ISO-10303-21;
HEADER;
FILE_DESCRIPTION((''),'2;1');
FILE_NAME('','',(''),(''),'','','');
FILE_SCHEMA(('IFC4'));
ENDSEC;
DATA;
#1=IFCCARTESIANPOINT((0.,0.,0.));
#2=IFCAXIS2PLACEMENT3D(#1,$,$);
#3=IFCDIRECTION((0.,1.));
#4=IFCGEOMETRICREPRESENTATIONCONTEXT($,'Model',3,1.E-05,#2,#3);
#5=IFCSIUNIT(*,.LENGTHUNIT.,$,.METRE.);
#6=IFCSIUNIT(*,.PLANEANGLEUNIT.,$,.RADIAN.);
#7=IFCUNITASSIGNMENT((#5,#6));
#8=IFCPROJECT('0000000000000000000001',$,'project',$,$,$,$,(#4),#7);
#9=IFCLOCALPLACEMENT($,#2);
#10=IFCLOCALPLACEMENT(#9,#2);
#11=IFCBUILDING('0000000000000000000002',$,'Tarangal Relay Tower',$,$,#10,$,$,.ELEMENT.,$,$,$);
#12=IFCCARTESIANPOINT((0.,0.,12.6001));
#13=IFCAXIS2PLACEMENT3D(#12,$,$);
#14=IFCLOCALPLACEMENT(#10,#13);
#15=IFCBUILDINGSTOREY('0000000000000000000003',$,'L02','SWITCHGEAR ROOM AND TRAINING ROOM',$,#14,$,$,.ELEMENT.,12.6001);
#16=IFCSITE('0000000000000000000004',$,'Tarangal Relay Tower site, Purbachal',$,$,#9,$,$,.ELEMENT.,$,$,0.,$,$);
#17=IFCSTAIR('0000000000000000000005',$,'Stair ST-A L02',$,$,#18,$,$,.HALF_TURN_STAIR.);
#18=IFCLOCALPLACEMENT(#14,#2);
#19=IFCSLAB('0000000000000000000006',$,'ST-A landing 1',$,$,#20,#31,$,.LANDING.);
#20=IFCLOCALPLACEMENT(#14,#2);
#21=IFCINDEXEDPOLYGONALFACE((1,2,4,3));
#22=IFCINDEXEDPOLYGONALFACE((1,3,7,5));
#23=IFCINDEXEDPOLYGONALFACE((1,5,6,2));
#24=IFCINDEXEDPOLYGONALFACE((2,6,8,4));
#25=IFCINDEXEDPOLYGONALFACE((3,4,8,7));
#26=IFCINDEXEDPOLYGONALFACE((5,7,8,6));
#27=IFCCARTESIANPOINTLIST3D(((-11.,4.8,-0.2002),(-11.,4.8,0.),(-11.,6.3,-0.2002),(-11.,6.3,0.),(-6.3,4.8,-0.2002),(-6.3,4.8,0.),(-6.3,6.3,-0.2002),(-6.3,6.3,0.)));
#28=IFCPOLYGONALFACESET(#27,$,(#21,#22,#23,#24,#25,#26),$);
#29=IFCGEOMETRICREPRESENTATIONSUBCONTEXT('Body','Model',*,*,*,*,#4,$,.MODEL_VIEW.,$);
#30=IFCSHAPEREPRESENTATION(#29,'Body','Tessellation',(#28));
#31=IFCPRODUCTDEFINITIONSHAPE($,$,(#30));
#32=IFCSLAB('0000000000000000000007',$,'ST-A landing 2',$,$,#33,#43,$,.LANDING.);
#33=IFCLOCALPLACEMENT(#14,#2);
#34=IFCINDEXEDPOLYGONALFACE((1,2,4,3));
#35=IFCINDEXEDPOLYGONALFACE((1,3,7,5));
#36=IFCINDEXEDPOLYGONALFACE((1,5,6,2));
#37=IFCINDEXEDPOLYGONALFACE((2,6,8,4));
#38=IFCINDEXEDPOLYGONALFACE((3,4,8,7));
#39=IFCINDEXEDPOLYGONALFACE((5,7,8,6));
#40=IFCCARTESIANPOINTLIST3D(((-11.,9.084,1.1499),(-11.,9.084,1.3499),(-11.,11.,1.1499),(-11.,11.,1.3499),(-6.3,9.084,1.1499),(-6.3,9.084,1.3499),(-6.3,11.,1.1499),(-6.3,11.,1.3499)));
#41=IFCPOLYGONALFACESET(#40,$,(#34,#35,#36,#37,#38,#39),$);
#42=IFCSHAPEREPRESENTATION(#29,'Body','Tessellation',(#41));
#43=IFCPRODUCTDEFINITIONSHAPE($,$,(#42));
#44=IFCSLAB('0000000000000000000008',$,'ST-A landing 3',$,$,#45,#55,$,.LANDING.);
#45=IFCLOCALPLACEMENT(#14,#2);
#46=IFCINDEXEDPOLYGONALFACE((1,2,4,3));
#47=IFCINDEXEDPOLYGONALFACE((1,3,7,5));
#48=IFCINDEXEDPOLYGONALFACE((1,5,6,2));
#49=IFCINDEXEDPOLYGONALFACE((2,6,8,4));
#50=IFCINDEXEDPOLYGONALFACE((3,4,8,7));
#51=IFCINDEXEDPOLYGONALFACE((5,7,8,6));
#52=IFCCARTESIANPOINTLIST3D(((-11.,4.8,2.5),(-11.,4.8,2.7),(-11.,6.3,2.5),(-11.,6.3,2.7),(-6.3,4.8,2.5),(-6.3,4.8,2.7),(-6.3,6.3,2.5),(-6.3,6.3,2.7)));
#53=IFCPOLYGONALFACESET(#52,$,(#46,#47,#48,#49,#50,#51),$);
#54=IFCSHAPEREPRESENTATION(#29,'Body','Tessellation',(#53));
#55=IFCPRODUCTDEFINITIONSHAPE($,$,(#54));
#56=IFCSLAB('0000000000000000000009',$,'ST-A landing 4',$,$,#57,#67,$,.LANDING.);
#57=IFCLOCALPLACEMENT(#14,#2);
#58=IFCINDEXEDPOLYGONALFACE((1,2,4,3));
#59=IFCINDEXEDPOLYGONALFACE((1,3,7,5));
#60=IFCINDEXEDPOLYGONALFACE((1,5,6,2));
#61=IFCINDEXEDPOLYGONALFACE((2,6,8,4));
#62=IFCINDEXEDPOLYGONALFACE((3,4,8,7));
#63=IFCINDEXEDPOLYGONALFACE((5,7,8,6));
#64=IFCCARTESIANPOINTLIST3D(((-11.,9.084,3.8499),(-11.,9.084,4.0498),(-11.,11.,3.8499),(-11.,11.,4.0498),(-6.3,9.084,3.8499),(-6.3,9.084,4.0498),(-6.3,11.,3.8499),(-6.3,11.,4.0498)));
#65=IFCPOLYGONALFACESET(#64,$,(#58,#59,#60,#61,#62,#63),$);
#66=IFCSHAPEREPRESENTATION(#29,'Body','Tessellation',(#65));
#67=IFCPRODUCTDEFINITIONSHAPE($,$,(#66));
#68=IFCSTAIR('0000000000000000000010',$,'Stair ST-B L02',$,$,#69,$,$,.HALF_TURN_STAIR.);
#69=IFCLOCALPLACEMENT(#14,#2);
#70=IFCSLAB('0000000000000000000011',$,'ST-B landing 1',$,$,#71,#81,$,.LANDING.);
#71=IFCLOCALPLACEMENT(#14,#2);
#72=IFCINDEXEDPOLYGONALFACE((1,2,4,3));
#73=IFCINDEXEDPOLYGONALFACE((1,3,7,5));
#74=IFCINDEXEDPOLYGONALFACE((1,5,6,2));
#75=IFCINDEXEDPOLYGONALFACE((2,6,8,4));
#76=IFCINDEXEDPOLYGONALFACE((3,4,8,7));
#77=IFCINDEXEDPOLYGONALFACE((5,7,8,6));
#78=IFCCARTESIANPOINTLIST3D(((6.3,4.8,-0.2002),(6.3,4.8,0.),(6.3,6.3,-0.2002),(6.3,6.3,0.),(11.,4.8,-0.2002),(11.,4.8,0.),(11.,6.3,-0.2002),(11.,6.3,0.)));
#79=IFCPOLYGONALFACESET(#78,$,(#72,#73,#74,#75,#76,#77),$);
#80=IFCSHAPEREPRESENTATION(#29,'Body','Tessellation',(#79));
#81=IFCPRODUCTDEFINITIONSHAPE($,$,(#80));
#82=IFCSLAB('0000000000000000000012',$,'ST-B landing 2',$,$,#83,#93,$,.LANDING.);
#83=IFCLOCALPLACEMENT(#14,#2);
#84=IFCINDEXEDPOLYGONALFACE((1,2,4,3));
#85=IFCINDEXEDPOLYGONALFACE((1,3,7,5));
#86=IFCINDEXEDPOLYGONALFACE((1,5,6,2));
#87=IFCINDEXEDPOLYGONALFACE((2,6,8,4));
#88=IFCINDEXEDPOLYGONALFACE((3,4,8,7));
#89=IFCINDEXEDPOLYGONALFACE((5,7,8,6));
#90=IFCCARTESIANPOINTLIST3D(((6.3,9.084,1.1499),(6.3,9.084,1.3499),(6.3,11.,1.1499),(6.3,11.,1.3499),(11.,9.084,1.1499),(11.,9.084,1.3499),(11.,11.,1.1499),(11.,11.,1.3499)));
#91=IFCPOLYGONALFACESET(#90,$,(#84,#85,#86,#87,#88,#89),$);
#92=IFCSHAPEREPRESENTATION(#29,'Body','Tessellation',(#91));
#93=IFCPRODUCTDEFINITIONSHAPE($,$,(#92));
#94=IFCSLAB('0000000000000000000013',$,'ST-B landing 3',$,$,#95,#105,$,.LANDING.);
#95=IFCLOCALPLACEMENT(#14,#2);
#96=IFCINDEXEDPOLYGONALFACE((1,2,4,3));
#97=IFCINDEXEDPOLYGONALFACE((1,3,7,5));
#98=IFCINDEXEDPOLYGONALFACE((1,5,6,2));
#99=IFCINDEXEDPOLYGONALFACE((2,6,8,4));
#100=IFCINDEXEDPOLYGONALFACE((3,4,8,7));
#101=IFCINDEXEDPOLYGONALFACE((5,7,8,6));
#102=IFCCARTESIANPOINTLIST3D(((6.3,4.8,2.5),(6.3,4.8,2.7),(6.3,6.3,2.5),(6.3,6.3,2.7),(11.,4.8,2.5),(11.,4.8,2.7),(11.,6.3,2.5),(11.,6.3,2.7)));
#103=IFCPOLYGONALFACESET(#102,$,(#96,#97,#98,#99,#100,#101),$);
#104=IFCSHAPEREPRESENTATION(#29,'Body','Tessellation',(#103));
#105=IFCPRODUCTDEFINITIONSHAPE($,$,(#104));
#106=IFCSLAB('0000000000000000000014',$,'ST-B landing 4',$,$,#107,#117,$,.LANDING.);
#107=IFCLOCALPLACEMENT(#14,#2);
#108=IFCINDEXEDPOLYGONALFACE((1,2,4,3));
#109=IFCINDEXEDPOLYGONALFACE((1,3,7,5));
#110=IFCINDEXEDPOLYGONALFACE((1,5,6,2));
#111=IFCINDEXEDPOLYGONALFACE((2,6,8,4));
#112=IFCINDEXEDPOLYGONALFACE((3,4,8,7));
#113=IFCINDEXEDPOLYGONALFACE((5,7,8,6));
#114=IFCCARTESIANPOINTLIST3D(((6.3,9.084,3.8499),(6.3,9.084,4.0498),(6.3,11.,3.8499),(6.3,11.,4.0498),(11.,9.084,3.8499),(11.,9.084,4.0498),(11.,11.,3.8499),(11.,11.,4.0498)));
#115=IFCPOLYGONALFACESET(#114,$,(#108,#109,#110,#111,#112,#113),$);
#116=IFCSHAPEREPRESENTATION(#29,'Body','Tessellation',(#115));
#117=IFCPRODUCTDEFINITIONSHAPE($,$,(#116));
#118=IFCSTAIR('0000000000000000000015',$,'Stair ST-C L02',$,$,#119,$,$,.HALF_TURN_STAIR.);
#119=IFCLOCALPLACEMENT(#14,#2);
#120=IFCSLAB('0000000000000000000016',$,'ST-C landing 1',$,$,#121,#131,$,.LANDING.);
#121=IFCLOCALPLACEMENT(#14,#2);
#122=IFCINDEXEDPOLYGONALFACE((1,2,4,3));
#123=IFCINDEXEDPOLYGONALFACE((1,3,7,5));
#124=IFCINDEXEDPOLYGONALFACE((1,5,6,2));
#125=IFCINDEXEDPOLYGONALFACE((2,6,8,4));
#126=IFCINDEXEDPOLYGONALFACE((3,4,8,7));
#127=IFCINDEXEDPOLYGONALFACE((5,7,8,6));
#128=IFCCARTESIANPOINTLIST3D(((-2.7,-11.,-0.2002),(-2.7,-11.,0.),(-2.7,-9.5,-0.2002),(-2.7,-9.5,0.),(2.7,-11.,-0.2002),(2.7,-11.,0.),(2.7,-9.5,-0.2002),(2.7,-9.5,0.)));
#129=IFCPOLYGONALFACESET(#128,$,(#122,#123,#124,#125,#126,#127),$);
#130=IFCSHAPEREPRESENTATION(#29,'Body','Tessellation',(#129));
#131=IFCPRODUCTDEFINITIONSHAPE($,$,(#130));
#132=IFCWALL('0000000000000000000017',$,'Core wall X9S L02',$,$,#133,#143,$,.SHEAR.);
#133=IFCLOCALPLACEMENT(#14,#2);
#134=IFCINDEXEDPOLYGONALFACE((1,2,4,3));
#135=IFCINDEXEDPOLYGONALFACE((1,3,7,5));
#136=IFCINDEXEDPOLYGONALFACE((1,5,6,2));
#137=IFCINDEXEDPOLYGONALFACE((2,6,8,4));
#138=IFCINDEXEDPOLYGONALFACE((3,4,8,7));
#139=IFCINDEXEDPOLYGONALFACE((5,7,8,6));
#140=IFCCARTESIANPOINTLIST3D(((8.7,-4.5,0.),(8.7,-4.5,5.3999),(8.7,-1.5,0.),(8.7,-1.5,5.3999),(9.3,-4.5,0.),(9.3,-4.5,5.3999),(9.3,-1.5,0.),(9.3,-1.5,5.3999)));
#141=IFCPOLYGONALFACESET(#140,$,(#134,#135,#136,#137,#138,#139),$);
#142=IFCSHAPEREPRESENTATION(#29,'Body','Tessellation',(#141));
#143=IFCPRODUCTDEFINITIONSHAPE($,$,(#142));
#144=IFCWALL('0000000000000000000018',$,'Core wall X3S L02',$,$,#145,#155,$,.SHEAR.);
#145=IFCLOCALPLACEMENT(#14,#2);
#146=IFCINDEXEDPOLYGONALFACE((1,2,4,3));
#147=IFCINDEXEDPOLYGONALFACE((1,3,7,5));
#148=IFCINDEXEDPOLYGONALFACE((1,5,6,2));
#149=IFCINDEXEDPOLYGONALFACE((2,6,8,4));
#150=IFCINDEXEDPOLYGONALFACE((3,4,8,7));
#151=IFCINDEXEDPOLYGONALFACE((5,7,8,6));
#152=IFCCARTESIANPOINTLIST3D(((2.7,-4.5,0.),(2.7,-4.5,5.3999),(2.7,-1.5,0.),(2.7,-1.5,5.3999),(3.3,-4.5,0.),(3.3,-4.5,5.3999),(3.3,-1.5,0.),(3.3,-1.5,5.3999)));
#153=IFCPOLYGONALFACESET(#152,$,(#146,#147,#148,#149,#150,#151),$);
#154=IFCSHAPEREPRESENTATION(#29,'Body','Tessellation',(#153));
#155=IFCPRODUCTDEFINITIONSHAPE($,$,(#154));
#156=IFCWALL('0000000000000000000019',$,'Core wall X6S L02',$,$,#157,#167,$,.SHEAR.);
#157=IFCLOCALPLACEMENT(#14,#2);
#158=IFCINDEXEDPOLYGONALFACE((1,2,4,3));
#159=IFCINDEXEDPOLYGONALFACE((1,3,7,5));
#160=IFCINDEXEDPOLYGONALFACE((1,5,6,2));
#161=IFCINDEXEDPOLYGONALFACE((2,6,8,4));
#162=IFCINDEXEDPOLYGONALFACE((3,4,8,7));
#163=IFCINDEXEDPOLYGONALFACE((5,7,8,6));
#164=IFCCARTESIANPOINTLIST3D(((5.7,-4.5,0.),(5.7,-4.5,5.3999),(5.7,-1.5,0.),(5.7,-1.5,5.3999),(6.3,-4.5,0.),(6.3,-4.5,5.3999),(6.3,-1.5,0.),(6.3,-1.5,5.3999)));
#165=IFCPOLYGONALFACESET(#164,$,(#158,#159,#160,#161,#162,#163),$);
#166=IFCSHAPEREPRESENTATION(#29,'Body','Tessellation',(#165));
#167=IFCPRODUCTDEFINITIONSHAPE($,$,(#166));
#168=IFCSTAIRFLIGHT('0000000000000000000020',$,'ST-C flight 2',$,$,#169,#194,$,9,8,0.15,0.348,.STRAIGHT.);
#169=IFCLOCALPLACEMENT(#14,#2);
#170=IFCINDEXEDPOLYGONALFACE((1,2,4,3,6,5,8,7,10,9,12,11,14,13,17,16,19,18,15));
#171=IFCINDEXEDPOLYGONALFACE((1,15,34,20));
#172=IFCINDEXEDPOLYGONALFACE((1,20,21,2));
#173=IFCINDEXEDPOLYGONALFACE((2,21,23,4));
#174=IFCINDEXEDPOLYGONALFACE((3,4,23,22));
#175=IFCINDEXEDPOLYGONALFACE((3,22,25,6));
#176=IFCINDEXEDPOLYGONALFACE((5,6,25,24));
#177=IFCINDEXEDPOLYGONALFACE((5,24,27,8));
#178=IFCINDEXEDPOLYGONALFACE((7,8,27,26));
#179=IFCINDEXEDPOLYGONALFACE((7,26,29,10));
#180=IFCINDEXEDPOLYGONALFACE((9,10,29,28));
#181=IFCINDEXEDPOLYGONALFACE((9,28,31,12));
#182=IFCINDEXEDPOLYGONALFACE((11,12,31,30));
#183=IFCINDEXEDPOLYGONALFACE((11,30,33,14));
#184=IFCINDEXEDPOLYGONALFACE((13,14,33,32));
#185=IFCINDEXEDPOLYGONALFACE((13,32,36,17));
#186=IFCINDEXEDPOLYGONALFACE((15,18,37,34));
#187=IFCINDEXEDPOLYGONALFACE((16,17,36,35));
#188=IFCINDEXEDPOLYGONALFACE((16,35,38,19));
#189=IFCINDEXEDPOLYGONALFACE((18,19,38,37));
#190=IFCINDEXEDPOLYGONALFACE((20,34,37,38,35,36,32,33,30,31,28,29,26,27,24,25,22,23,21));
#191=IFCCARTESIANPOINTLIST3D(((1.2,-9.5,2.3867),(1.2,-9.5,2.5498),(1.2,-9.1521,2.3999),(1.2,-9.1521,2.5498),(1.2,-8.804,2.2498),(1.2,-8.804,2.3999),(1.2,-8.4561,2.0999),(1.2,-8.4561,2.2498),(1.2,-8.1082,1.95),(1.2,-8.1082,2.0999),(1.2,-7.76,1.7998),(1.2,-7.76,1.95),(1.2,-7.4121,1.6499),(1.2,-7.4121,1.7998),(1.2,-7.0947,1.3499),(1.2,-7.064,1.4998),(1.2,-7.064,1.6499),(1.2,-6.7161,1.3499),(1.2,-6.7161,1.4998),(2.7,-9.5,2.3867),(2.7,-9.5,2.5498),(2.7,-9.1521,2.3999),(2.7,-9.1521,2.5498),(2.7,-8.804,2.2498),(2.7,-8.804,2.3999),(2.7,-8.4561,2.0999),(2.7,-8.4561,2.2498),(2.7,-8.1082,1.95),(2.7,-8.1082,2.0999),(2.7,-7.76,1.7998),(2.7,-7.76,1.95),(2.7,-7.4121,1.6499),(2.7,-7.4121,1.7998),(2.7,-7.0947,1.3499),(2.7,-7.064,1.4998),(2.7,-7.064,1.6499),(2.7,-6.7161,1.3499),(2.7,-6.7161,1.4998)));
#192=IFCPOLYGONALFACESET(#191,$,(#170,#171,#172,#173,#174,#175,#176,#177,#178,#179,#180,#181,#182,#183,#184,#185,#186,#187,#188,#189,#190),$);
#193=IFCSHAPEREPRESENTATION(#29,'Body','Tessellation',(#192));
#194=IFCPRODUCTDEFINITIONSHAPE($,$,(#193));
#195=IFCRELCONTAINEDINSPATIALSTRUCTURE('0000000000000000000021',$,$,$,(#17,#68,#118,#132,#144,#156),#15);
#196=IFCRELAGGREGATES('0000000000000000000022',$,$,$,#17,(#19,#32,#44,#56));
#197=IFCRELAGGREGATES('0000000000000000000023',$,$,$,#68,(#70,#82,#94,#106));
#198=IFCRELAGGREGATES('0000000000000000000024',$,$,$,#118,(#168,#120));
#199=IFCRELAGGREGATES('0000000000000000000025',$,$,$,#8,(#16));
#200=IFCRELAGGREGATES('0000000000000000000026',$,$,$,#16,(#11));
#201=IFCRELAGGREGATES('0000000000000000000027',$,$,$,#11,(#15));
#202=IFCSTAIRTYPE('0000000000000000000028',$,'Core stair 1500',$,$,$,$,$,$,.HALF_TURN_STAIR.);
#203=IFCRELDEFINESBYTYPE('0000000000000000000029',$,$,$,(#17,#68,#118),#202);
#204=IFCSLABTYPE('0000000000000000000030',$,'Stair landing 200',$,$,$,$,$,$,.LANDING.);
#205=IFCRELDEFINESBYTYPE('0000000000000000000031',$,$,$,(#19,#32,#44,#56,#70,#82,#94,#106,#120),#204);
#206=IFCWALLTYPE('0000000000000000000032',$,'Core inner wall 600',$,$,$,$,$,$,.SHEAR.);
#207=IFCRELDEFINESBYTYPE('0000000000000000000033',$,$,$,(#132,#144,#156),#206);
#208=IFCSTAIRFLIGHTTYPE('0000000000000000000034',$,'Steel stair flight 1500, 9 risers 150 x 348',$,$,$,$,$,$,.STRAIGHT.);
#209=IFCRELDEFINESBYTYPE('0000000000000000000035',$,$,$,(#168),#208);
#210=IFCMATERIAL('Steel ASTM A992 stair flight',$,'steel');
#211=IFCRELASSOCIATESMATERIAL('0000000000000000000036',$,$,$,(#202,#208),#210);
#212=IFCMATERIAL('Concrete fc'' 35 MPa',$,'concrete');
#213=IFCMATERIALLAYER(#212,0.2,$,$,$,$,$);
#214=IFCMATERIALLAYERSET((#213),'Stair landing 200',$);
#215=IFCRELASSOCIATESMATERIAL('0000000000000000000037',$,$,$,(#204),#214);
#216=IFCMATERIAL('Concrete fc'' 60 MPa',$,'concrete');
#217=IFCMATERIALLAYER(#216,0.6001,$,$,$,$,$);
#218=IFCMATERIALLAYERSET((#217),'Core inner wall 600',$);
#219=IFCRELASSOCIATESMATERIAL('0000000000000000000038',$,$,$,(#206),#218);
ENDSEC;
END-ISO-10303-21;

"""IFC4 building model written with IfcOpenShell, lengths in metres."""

from ifc_helpers import new_model, si_unit, direction, frame, frame_2d, origin, place, context, subcontext, project, spatial, polyline, rectangle, outline, extrude, material, layer, layer_set, type_object, element, aggregate, save


model = new_model("IFC4")

# Units and contexts
model_context = context("Model", 3, precision=1e-05, world=origin(), true_north=direction((0.0, 1.0)))
body_context = subcontext(model_context, "Body", "Model", "MODEL_VIEW")
ifc_project = project(units=[si_unit("LENGTHUNIT", "METRE"), si_unit("PLANEANGLEUNIT", "RADIAN")], contexts=[model_context])

# Site, building, storey
site_placement = place(None, origin())
site = spatial("IfcSite", under=ifc_project, at=site_placement, Name="Tarangal Relay Tower site, Purbachal", CompositionType="ELEMENT", RefElevation=0.0)
building_placement = place(site_placement, origin())
building = spatial("IfcBuilding", under=site, at=building_placement, Name="Tarangal Relay Tower", CompositionType="ELEMENT")
storey_placement = place(building_placement, frame((0.0, 0.0, 12.6001)))
storey = spatial("IfcBuildingStorey", under=building, at=storey_placement, Name="L02", Description="SWITCHGEAR ROOM AND TRAINING ROOM", CompositionType="ELEMENT", Elevation=12.6001)

# Stairs, slabs
ifc_material_1 = material(Name="Steel ASTM A992 stair flight", Category="steel")
stair_type = type_object("IfcStairType", Name="Core stair 1500", PredefinedType="HALF_TURN_STAIR", material=ifc_material_1)
stair_1_placement = place(storey_placement, origin())
stair_1 = element("IfcStair", 1, at=stair_1_placement, inside=storey, type_object=stair_type, Name="Stair ST-A L02", PredefinedType="HALF_TURN_STAIR")
ifc_material_2 = material(Name="Concrete fc' 35 MPa", Category="concrete")
ifc_layer_1 = layer(ifc_material_2, 0.2)
ifc_layer_set_1 = layer_set([ifc_layer_1], Name="Stair landing 200")
slab_type = type_object("IfcSlabType", Name="Stair landing 200", PredefinedType="LANDING", material=ifc_layer_set_1)
slab_1_placement = place(storey_placement, frame((0.0, 0.0, -0.2002)))
slab_1 = element("IfcSlab", 2, at=slab_1_placement, type_object=slab_type, Name="ST-A landing 1", PredefinedType="LANDING", context=body_context, shape_type="SweptSolid", body=[
    extrude(outline(polyline([(-11.0, 4.8), (-6.3, 4.8), (-6.3, 6.3), (-11.0, 6.3), (-11.0, 4.8)])), origin(), (0.0, 0.0, 1.0), 0.2002),
])
slab_2_placement = place(storey_placement, frame((0.0, 0.0, 1.1499)))
slab_2 = element("IfcSlab", 3, at=slab_2_placement, type_object=slab_type, Name="ST-A landing 2", PredefinedType="LANDING", context=body_context, shape_type="SweptSolid", body=[
    extrude(outline(polyline([(-11.0, 9.084), (-6.3, 9.084), (-6.3, 11.0), (-11.0, 11.0), (-11.0, 9.084)])), origin(), (0.0, 0.0, 1.0), 0.2),
])
slab_3_placement = place(storey_placement, frame((0.0, 0.0, 2.5)))
slab_3 = element("IfcSlab", 4, at=slab_3_placement, type_object=slab_type, Name="ST-A landing 3", PredefinedType="LANDING", context=body_context, shape_type="SweptSolid", body=[
    extrude(outline(polyline([(-11.0, 4.8), (-6.3, 4.8), (-6.3, 6.3), (-11.0, 6.3), (-11.0, 4.8)])), origin(), (0.0, 0.0, 1.0), 0.2),
])
slab_4_placement = place(storey_placement, frame((0.0, 0.0, 3.8499)))
slab_4 = element("IfcSlab", 5, at=slab_4_placement, type_object=slab_type, Name="ST-A landing 4", PredefinedType="LANDING", context=body_context, shape_type="SweptSolid", body=[
    extrude(outline(polyline([(-11.0, 9.084), (-6.3, 9.084), (-6.3, 11.0), (-11.0, 11.0), (-11.0, 9.084)])), origin(), (0.0, 0.0, 1.0), 0.2),
])
aggregate(stair_1, [slab_1, slab_2, slab_3, slab_4])
stair_2_placement = place(storey_placement, origin())
stair_2 = element("IfcStair", 6, at=stair_2_placement, inside=storey, type_object=stair_type, Name="Stair ST-B L02", PredefinedType="HALF_TURN_STAIR")
slab_5_placement = place(storey_placement, frame((0.0, 0.0, -0.2002)))
slab_5 = element("IfcSlab", 7, at=slab_5_placement, type_object=slab_type, Name="ST-B landing 1", PredefinedType="LANDING", context=body_context, shape_type="SweptSolid", body=[
    extrude(outline(polyline([(6.3, 4.8), (11.0, 4.8), (11.0, 6.3), (6.3, 6.3), (6.3, 4.8)])), origin(), (0.0, 0.0, 1.0), 0.2002),
])
slab_6_placement = place(storey_placement, frame((0.0, 0.0, 1.1499)))
slab_6 = element("IfcSlab", 8, at=slab_6_placement, type_object=slab_type, Name="ST-B landing 2", PredefinedType="LANDING", context=body_context, shape_type="SweptSolid", body=[
    extrude(outline(polyline([(6.3, 9.084), (11.0, 9.084), (11.0, 11.0), (6.3, 11.0), (6.3, 9.084)])), origin(), (0.0, 0.0, 1.0), 0.2),
])
slab_7_placement = place(storey_placement, frame((0.0, 0.0, 2.5)))
slab_7 = element("IfcSlab", 9, at=slab_7_placement, type_object=slab_type, Name="ST-B landing 3", PredefinedType="LANDING", context=body_context, shape_type="SweptSolid", body=[
    extrude(outline(polyline([(6.3, 4.8), (11.0, 4.8), (11.0, 6.3), (6.3, 6.3), (6.3, 4.8)])), origin(), (0.0, 0.0, 1.0), 0.2),
])
slab_8_placement = place(storey_placement, frame((0.0, 0.0, 3.8499)))
slab_8 = element("IfcSlab", 10, at=slab_8_placement, type_object=slab_type, Name="ST-B landing 4", PredefinedType="LANDING", context=body_context, shape_type="SweptSolid", body=[
    extrude(outline(polyline([(6.3, 9.084), (11.0, 9.084), (11.0, 11.0), (6.3, 11.0), (6.3, 9.084)])), origin(), (0.0, 0.0, 1.0), 0.2),
])
aggregate(stair_2, [slab_5, slab_6, slab_7, slab_8])

# Stair, slab
stair_3_placement = place(storey_placement, origin())
stair_3 = element("IfcStair", 11, at=stair_3_placement, inside=storey, type_object=stair_type, Name="Stair ST-C L02", PredefinedType="HALF_TURN_STAIR")
slab_9_placement = place(storey_placement, frame((0.0, 0.0, -0.2002)))
slab_9 = element("IfcSlab", 12, at=slab_9_placement, type_object=slab_type, Name="ST-C landing 1", PredefinedType="LANDING", context=body_context, shape_type="SweptSolid", body=[
    extrude(outline(polyline([(-2.7, -11.0), (2.7, -11.0), (2.7, -9.5), (-2.7, -9.5), (-2.7, -11.0)])), origin(), (0.0, 0.0, 1.0), 0.2002),
])

# Walls
ifc_material_3 = material(Name="Concrete fc' 60 MPa", Category="concrete")
ifc_layer_2 = layer(ifc_material_3, 0.6001)
ifc_layer_set_2 = layer_set([ifc_layer_2], Name="Core inner wall 600")
wall_type = type_object("IfcWallType", Name="Core inner wall 600", PredefinedType="SHEAR", material=ifc_layer_set_2)
for number, where, z_axis, x_axis, name in (
    (13, (9.0, -4.5, 0.0), (0.0, 0.0, 1.0), (0.0, 1.0, 0.0), "Core wall X9S L02"),
    (14, (3.0, -4.5, 0.0), (0.0, 0.0, 1.0), (0.0, 1.0, 0.0), "Core wall X3S L02"),
    (15, (6.0, -4.5, 0.0), (0.0, 0.0, 1.0), (0.0, 1.0, 0.0), "Core wall X6S L02"),
):
    element("IfcWall", number, at=place(storey_placement, frame(where, z_axis=z_axis, x_axis=x_axis)), inside=storey, type_object=wall_type, Name=name, PredefinedType="SHEAR", context=body_context, shape_type="SweptSolid", body=[
        extrude(rectangle(XDim=3.0, YDim=0.6001, at=frame_2d((1.5, 0.0))), origin(), (0.0, 0.0, 1.0), 5.3999),
    ])

# Stair flight
stair_flight_type = type_object("IfcStairFlightType", Name="Steel stair flight 1500, 9 risers 150 x 348", PredefinedType="STRAIGHT", material=ifc_material_1)
stair_flight_1_placement = place(storey_placement, frame((1.95, -6.7161, 1.3499), z_axis=(0.0, 0.0, 1.0), x_axis=(0.0, -1.0, 0.0)))
stair_flight_1 = element("IfcStairFlight", 16, at=stair_flight_1_placement, type_object=stair_flight_type, Name="ST-C flight 2", NumberOfRisers=9, NumberOfTreads=8, PredefinedType="STRAIGHT", RiserHeight=0.15, TreadLength=0.348, context=body_context, shape_type="SweptSolid", body=[
    extrude(outline(polyline([(0.0, 0.0), (0.0, 0.1499), (0.3479, 0.1499), (0.3479, 0.3), (0.696, 0.3), (0.696, 0.45), (1.0439, 0.45), (1.0439, 0.6001), (1.3921, 0.6001), (1.3921, 0.75), (1.74, 0.75), (1.74, 0.8999), (2.0879, 0.8999), (2.0879, 1.05), (2.436, 1.05), (2.436, 1.2), (2.7839, 1.2), (2.7839, 1.3501), (2.7839, 1.0369), (0.3787, 0.0), (0.0, 0.0)])), frame((0.0, 0.75, 0.0), z_axis=(0.0, -1.0, 0.0), x_axis=(1.0, 0.0, 0.0)), (0.0, 0.0, 1.0), 1.5),
])
aggregate(stair_3, [stair_flight_1, slab_9])

save(model, "model.ifc")
